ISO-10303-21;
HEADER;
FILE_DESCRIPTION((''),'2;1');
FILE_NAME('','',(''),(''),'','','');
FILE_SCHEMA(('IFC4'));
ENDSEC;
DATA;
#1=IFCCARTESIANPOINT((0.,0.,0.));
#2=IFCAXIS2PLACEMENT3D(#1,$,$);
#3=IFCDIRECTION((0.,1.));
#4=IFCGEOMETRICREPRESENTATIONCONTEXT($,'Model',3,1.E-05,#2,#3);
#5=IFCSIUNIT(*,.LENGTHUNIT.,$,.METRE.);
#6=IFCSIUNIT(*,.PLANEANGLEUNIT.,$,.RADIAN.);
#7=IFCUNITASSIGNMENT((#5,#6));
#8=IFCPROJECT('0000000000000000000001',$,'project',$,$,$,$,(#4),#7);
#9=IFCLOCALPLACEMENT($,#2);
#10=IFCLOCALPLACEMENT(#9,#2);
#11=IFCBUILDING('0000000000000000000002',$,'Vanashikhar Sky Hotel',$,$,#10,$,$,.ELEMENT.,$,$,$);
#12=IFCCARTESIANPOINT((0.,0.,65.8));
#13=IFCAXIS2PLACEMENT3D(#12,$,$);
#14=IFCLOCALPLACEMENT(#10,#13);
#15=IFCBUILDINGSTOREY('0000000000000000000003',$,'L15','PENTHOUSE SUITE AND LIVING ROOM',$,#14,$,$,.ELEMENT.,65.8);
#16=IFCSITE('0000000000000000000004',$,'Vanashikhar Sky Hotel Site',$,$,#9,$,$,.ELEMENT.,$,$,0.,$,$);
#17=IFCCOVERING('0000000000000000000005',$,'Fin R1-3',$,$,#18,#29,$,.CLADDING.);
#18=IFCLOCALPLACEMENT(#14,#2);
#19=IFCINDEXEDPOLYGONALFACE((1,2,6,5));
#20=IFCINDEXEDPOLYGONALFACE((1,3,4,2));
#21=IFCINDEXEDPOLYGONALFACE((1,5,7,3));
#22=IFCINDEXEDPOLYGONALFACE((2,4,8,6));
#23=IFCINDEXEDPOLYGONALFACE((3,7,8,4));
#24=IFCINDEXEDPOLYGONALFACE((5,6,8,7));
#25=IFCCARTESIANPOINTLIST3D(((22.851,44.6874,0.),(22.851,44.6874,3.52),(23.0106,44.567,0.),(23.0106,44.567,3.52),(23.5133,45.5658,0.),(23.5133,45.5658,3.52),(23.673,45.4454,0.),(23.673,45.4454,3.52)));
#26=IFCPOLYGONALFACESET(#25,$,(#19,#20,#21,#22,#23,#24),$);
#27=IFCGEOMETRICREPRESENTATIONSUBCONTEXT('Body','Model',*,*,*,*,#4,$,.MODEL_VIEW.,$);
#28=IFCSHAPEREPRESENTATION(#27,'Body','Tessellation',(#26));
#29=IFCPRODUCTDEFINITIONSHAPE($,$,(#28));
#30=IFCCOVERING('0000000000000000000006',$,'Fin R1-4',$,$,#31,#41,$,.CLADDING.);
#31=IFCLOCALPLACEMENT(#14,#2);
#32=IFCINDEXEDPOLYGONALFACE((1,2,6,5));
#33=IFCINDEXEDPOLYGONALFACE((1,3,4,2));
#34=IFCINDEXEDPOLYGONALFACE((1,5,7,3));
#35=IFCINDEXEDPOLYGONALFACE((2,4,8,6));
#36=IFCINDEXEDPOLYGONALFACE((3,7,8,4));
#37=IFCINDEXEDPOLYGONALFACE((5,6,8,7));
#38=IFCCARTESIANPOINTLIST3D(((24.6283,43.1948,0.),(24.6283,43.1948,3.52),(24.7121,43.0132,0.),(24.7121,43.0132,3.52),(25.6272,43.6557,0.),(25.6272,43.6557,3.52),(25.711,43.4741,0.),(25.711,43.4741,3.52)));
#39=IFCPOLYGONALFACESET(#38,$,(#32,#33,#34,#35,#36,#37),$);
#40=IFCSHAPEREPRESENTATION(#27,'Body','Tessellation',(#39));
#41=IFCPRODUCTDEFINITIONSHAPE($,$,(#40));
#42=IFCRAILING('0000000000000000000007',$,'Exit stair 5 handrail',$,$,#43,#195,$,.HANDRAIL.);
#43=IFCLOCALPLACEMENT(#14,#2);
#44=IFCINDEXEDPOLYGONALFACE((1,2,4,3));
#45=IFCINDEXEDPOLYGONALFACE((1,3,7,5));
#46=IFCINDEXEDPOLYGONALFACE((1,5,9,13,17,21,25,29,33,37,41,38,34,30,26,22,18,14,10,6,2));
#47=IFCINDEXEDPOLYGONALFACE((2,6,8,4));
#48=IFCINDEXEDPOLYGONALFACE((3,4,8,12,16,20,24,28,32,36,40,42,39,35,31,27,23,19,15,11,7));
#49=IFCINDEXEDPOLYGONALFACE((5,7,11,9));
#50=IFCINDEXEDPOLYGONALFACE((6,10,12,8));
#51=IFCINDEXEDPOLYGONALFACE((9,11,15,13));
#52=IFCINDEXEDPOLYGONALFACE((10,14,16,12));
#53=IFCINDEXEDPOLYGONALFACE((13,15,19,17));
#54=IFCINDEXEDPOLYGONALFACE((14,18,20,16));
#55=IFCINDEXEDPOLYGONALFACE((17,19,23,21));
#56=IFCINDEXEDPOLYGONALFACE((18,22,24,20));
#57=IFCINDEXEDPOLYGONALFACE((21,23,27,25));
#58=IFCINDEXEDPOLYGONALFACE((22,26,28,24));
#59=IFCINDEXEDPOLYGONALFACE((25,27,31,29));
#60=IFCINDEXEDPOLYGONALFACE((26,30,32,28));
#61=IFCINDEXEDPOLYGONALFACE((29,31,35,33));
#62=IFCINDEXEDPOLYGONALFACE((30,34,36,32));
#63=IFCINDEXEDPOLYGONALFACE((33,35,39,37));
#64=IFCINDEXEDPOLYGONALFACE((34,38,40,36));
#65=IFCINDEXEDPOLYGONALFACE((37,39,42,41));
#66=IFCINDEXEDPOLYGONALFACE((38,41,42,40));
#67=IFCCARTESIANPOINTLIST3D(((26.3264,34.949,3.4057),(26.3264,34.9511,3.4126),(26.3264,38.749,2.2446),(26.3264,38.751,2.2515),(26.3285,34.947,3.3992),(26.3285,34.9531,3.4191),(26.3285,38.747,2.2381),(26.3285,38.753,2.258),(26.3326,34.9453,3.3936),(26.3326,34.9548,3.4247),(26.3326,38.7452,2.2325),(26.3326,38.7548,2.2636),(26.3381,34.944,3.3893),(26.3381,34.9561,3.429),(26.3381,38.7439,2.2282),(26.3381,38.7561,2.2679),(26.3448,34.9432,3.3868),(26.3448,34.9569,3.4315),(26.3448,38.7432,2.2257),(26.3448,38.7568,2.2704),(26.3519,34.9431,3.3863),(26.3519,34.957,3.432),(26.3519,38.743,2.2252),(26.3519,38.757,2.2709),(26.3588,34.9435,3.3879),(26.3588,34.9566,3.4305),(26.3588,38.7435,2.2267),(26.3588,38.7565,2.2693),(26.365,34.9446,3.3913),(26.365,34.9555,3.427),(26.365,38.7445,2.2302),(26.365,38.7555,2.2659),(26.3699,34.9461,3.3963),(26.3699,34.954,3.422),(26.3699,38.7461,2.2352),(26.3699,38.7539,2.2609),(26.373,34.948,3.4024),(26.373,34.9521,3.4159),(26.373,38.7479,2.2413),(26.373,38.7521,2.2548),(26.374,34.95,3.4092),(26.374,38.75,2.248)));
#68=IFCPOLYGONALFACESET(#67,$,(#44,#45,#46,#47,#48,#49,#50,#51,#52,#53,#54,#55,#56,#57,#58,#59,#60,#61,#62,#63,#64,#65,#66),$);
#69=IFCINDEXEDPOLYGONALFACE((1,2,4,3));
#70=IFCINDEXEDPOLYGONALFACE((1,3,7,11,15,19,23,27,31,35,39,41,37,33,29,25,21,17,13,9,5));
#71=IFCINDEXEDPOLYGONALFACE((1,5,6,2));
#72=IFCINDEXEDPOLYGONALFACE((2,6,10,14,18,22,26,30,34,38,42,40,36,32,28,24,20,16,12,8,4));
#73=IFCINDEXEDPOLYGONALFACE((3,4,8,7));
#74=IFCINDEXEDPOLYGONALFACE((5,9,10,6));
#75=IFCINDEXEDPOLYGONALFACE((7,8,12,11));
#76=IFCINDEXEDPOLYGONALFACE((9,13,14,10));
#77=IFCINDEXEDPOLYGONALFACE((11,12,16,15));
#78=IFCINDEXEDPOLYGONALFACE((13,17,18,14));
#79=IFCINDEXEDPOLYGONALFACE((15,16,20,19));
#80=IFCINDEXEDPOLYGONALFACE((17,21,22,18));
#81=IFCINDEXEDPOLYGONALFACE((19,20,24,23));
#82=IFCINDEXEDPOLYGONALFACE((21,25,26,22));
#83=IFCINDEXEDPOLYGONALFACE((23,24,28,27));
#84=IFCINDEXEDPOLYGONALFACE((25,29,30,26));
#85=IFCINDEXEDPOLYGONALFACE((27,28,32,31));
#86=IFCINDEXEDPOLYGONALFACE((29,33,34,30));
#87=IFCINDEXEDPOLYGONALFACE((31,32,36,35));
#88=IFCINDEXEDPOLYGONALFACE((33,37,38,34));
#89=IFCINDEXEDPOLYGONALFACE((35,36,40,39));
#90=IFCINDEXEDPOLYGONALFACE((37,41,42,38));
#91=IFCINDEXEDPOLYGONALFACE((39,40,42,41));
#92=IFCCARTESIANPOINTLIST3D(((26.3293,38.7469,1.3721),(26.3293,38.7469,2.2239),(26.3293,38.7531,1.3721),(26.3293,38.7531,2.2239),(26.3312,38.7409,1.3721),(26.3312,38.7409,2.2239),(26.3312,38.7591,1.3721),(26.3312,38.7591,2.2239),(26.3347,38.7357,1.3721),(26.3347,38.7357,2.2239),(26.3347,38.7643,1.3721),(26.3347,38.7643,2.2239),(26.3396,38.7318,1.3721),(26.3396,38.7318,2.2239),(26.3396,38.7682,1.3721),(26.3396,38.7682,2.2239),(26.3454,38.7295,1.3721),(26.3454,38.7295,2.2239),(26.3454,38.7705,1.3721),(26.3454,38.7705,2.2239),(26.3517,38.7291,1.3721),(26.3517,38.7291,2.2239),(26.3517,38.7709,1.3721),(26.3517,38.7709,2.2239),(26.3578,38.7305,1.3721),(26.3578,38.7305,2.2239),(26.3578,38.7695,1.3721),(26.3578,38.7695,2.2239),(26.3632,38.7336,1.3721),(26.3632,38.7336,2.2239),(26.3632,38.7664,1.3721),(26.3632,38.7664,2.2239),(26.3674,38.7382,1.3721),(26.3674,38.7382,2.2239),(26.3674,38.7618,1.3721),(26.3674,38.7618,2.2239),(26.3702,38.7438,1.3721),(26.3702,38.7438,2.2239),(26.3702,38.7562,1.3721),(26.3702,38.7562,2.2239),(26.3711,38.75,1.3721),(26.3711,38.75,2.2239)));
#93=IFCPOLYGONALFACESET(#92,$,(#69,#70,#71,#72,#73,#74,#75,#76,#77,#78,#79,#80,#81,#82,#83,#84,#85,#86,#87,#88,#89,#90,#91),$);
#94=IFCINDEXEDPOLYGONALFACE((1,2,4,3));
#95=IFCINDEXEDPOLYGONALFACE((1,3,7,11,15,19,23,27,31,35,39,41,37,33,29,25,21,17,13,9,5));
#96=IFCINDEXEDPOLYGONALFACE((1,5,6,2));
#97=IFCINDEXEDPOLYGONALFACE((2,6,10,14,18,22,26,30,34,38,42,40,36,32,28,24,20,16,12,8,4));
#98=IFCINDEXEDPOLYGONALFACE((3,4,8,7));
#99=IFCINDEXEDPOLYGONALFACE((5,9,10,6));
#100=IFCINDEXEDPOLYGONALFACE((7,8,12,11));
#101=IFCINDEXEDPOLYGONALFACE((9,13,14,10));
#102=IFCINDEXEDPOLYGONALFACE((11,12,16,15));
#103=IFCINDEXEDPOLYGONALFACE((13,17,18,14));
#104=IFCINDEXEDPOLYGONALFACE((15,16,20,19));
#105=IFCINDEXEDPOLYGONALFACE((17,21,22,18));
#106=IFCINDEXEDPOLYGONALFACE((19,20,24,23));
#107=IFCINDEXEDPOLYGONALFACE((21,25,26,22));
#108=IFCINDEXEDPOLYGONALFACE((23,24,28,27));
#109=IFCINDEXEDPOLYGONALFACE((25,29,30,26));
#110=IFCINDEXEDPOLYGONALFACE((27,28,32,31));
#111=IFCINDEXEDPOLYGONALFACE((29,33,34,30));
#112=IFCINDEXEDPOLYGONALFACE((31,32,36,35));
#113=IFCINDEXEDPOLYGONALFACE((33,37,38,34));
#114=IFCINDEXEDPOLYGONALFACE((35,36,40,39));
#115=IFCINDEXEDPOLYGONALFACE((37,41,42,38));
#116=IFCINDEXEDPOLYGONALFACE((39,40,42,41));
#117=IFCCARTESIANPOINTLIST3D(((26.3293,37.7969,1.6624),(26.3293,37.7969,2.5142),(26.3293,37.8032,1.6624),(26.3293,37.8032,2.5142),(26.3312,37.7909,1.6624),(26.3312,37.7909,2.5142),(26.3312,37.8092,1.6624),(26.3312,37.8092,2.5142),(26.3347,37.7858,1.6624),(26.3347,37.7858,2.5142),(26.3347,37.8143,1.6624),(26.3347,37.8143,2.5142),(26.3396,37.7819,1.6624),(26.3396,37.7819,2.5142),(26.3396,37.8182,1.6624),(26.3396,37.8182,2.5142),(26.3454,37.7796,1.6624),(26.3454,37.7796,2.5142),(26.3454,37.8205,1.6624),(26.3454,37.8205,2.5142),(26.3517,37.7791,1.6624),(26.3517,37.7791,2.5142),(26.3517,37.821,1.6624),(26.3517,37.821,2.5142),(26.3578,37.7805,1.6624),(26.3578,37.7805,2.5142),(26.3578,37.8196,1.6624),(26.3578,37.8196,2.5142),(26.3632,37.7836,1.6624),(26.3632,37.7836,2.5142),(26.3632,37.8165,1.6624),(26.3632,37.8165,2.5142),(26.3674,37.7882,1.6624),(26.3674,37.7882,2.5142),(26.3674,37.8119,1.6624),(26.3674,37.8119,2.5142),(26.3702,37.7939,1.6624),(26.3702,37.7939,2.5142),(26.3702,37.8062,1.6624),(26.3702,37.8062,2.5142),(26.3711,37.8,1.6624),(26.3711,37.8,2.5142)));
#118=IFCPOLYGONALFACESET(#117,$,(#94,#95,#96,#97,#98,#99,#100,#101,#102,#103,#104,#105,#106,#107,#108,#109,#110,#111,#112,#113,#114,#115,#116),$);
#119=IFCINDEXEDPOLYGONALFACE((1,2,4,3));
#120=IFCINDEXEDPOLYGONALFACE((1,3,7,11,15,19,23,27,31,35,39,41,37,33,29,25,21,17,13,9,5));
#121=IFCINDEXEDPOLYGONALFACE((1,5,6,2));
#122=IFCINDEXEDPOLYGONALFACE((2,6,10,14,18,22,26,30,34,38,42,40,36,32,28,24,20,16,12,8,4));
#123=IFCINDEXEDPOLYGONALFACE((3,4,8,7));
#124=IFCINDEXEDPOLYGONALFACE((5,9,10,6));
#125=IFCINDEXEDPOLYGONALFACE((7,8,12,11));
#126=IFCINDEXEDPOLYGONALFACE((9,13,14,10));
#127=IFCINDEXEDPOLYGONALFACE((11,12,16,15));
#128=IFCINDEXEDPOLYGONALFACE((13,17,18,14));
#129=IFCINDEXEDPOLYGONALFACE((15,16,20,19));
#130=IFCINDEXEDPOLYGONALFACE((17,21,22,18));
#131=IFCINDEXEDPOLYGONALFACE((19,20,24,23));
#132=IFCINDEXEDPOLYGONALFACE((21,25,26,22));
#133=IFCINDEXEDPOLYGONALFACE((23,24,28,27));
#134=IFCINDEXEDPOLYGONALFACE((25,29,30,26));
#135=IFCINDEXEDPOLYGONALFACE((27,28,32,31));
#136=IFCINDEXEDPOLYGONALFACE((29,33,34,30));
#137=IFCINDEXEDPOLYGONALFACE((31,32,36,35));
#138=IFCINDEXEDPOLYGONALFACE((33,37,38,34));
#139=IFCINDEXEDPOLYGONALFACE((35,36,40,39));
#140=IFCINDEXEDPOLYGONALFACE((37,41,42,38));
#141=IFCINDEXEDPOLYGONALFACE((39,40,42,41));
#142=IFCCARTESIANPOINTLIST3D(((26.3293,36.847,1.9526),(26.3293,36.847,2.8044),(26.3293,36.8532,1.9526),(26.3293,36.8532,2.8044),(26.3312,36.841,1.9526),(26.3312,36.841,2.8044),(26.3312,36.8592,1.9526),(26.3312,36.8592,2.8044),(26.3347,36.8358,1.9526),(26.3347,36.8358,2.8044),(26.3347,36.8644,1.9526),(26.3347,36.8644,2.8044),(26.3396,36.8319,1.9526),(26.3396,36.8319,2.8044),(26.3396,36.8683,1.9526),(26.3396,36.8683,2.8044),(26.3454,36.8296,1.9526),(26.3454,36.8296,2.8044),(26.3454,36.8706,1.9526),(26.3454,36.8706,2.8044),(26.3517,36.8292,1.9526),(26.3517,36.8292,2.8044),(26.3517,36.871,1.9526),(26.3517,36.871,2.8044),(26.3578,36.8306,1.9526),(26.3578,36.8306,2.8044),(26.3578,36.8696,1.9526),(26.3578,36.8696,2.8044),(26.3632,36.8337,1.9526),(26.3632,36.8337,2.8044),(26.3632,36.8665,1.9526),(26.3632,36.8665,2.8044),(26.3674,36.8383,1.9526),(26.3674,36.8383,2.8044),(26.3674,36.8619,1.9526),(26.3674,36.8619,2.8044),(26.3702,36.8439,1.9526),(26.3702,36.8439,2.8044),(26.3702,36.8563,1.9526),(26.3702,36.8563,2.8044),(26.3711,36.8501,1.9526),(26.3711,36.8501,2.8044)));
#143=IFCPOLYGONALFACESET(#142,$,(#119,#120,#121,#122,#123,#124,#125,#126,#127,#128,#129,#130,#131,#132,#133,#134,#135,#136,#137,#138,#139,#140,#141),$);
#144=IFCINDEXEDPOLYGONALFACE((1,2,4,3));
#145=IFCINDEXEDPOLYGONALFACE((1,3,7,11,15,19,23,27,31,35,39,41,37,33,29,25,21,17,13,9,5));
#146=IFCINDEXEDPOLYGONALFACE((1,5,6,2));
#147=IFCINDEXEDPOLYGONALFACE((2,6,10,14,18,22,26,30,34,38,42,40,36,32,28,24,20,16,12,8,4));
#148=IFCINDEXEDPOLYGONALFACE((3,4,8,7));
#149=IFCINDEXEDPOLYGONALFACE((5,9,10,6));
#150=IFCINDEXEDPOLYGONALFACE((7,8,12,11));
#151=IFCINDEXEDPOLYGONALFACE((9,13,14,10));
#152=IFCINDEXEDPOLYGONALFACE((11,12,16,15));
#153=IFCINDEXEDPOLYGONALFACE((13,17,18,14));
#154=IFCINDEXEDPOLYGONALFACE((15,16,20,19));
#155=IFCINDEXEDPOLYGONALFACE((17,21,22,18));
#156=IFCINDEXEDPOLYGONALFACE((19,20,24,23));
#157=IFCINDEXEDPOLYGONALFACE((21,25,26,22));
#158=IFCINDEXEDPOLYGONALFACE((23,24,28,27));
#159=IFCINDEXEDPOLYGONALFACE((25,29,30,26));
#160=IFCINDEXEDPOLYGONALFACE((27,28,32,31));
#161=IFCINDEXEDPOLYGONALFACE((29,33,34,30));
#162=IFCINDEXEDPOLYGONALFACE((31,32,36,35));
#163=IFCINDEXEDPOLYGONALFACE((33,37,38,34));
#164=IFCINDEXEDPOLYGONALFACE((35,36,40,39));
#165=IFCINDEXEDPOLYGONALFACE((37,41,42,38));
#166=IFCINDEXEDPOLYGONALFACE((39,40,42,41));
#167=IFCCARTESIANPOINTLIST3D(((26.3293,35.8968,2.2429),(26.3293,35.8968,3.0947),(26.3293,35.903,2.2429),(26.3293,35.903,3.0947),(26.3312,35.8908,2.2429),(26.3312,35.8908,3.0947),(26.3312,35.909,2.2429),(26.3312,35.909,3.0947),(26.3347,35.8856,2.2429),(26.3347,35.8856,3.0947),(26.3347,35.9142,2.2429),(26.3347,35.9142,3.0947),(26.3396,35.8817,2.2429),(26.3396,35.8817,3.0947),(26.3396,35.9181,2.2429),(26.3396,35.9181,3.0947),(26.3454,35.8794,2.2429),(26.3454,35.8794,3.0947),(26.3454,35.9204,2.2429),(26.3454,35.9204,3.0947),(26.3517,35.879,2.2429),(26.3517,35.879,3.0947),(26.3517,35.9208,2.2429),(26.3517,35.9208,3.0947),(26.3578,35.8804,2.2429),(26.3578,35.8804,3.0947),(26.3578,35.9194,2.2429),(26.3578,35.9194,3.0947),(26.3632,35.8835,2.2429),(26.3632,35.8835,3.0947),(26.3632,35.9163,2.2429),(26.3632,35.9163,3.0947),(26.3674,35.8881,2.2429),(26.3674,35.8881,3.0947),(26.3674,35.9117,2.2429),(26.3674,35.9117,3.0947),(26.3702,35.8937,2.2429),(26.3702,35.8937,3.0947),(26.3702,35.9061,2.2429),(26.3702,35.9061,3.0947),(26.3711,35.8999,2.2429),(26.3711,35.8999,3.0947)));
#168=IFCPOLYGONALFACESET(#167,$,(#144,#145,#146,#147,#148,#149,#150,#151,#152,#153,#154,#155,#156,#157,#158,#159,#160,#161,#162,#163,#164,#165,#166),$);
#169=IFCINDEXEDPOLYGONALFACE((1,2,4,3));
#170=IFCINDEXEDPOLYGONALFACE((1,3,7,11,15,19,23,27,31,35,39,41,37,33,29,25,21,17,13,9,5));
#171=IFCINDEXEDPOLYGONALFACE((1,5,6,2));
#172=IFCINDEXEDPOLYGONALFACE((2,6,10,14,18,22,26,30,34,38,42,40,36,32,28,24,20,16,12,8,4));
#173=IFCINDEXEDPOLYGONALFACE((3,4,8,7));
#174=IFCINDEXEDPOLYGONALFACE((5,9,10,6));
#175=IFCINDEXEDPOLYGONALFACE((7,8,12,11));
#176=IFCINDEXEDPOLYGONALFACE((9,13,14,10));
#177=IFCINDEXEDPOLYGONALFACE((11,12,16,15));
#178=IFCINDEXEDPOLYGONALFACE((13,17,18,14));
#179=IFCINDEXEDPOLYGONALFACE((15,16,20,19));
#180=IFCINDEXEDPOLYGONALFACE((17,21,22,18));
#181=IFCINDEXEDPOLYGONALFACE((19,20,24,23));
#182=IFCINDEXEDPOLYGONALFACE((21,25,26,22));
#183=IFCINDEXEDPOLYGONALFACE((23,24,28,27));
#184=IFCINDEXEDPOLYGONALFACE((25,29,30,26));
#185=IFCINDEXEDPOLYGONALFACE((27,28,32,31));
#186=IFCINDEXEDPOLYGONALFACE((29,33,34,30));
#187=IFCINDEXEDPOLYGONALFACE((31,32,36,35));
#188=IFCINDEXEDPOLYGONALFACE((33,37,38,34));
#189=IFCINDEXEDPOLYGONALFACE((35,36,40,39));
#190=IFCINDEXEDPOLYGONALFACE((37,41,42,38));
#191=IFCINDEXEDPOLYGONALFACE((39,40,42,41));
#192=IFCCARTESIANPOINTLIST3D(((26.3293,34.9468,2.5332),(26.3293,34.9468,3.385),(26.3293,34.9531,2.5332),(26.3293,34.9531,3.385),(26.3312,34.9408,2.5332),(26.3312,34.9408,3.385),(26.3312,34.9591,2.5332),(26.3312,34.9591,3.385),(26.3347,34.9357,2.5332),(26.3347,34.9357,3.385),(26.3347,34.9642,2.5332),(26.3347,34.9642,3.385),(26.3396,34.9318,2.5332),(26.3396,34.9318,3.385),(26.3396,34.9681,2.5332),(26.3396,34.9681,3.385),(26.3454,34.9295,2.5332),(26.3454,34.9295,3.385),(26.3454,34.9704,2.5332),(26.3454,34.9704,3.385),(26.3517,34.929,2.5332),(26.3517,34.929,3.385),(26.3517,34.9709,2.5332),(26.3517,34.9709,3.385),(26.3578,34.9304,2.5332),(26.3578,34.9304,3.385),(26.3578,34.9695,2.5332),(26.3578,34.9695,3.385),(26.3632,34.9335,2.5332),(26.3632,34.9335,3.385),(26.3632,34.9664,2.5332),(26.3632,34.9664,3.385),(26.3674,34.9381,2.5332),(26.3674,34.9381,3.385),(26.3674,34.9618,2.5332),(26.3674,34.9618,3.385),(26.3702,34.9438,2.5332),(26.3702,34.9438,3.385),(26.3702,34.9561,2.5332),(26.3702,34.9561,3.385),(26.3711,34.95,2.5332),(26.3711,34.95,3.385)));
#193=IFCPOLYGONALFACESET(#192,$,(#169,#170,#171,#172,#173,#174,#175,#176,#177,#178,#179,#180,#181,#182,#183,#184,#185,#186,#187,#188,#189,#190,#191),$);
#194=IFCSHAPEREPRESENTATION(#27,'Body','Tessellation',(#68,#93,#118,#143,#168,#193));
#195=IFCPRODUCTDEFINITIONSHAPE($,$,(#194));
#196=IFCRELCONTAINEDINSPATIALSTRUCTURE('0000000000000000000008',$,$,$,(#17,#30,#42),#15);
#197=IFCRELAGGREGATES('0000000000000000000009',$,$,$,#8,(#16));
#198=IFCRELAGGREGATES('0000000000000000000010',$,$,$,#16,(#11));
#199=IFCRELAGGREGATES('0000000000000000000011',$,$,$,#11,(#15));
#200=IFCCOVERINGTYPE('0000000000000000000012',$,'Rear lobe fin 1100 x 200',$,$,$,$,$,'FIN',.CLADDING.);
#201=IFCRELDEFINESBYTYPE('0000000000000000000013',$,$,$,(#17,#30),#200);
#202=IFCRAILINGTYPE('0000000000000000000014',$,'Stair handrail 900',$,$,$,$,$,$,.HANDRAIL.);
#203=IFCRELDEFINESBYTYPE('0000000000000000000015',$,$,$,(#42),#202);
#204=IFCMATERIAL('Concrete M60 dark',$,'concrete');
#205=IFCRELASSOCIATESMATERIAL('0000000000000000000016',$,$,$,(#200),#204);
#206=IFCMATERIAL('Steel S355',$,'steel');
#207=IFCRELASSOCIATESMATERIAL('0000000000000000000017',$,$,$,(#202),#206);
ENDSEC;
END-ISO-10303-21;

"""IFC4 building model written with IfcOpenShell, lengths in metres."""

from ifc_helpers import new_model, si_unit, direction, frame, origin, origin_2d, place, context, subcontext, project, spatial, rectangle, circle, extrude, source, transform, mapped, material, material_profile, profile_set, type_object, element, save


model = new_model("IFC4")

# Units and contexts
model_context = context("Model", 3, precision=1e-05, world=origin(), true_north=direction((0.0, 1.0)))
body_context = subcontext(model_context, "Body", "Model", "MODEL_VIEW")
ifc_project = project(units=[si_unit("LENGTHUNIT", "METRE"), si_unit("PLANEANGLEUNIT", "RADIAN")], contexts=[model_context])

# Site, building, storey
site_placement = place(None, origin())
site = spatial("IfcSite", under=ifc_project, at=site_placement, Name="Vanashikhar Sky Hotel Site", CompositionType="ELEMENT", RefElevation=0.0)
building_placement = place(site_placement, origin())
building = spatial("IfcBuilding", under=site, at=building_placement, Name="Vanashikhar Sky Hotel", CompositionType="ELEMENT")
storey_placement = place(building_placement, frame((0.0, 0.0, 65.8)))
storey = spatial("IfcBuildingStorey", under=building, at=storey_placement, Name="L15", Description="PENTHOUSE SUITE AND LIVING ROOM", CompositionType="ELEMENT", Elevation=65.8)

# Coverings
ifc_material_1 = material(Name="Concrete M60 dark", Category="concrete")
ifc_material_profile = material_profile(ifc_material_1, rectangle(XDim=1.1001, YDim=0.2, at=origin_2d()))
ifc_profile_set = profile_set([ifc_material_profile], Name="Rear lobe fin 1100 x 200")
covering_type = type_object("IfcCoveringType", Name="Rear lobe fin 1100 x 200", ElementType="FIN", PredefinedType="CLADDING", material=ifc_profile_set)
shared_shape_1 = source(origin(), body_context, "Body", "SweptSolid", [
    extrude(rectangle(XDim=1.1001, YDim=0.2, at=origin_2d()), origin(), (0.0, 0.0, 1.0), 3.52),
])
for number, where, z_axis, x_axis, name in (
    (1, (23.262, 45.0664, 0.0), (0.0, 0.0, 1.0), (0.602066, 0.798446, 0.0), "Fin R1-3"),
    (2, (25.1697, 43.3345, 0.0), (0.0, 0.0, 1.0), (0.908004, 0.418961, 0.0), "Fin R1-4"),
):
    element("IfcCovering", number, at=place(storey_placement, frame(where, z_axis=z_axis, x_axis=x_axis)), inside=storey, type_object=covering_type, Name=name, PredefinedType="CLADDING", context=body_context, shape_type="MappedRepresentation", body=[
        mapped(shared_shape_1, transform((0.0, 0.0, 0.0), scale=1.0)),
    ])

# Railing
ifc_material_2 = material(Name="Steel S355", Category="steel")
railing_type_1 = type_object("IfcRailingType", Name="Stair handrail 900", PredefinedType="HANDRAIL", material=ifc_material_2)
shared_shape_2 = source(origin(), body_context, "Body", "SweptSolid", [
    extrude(circle(Radius=0.0239, at=origin_2d()), frame((0.0, 0.0, 0.876), z_axis=(0.0, -0.956351, 0.29222), x_axis=(1.0, 0.0, 0.0)), (0.0, 0.0, 1.0), 3.9734),
    extrude(circle(Radius=0.021, at=origin_2d()), origin(), (0.0, 0.0, 1.0), 0.8518),
    extrude(circle(Radius=0.021, at=origin_2d()), frame((0.0, -0.95, 0.2903)), (0.0, 0.0, 1.0), 0.8518),
    extrude(circle(Radius=0.021, at=origin_2d()), frame((0.0, -1.8999, 0.5806)), (0.0, 0.0, 1.0), 0.8518),
    extrude(circle(Radius=0.021, at=origin_2d()), frame((0.0, -2.8501, 0.8708)), (0.0, 0.0, 1.0), 0.8518),
    extrude(circle(Radius=0.021, at=origin_2d()), frame((0.0, -3.8, 1.1611)), (0.0, 0.0, 1.0), 0.8518),
])
railing_1_placement = place(storey_placement, frame((26.3501, 38.75, 1.3721)))
element("IfcRailing", 3, at=railing_1_placement, inside=storey, type_object=railing_type_1, Name="Exit stair 5 handrail", PredefinedType="HANDRAIL", context=body_context, shape_type="MappedRepresentation", body=[
    mapped(shared_shape_2, transform((0.0, 0.0, 0.0), scale=1.0)),
])

save(model, "model.ifc")
